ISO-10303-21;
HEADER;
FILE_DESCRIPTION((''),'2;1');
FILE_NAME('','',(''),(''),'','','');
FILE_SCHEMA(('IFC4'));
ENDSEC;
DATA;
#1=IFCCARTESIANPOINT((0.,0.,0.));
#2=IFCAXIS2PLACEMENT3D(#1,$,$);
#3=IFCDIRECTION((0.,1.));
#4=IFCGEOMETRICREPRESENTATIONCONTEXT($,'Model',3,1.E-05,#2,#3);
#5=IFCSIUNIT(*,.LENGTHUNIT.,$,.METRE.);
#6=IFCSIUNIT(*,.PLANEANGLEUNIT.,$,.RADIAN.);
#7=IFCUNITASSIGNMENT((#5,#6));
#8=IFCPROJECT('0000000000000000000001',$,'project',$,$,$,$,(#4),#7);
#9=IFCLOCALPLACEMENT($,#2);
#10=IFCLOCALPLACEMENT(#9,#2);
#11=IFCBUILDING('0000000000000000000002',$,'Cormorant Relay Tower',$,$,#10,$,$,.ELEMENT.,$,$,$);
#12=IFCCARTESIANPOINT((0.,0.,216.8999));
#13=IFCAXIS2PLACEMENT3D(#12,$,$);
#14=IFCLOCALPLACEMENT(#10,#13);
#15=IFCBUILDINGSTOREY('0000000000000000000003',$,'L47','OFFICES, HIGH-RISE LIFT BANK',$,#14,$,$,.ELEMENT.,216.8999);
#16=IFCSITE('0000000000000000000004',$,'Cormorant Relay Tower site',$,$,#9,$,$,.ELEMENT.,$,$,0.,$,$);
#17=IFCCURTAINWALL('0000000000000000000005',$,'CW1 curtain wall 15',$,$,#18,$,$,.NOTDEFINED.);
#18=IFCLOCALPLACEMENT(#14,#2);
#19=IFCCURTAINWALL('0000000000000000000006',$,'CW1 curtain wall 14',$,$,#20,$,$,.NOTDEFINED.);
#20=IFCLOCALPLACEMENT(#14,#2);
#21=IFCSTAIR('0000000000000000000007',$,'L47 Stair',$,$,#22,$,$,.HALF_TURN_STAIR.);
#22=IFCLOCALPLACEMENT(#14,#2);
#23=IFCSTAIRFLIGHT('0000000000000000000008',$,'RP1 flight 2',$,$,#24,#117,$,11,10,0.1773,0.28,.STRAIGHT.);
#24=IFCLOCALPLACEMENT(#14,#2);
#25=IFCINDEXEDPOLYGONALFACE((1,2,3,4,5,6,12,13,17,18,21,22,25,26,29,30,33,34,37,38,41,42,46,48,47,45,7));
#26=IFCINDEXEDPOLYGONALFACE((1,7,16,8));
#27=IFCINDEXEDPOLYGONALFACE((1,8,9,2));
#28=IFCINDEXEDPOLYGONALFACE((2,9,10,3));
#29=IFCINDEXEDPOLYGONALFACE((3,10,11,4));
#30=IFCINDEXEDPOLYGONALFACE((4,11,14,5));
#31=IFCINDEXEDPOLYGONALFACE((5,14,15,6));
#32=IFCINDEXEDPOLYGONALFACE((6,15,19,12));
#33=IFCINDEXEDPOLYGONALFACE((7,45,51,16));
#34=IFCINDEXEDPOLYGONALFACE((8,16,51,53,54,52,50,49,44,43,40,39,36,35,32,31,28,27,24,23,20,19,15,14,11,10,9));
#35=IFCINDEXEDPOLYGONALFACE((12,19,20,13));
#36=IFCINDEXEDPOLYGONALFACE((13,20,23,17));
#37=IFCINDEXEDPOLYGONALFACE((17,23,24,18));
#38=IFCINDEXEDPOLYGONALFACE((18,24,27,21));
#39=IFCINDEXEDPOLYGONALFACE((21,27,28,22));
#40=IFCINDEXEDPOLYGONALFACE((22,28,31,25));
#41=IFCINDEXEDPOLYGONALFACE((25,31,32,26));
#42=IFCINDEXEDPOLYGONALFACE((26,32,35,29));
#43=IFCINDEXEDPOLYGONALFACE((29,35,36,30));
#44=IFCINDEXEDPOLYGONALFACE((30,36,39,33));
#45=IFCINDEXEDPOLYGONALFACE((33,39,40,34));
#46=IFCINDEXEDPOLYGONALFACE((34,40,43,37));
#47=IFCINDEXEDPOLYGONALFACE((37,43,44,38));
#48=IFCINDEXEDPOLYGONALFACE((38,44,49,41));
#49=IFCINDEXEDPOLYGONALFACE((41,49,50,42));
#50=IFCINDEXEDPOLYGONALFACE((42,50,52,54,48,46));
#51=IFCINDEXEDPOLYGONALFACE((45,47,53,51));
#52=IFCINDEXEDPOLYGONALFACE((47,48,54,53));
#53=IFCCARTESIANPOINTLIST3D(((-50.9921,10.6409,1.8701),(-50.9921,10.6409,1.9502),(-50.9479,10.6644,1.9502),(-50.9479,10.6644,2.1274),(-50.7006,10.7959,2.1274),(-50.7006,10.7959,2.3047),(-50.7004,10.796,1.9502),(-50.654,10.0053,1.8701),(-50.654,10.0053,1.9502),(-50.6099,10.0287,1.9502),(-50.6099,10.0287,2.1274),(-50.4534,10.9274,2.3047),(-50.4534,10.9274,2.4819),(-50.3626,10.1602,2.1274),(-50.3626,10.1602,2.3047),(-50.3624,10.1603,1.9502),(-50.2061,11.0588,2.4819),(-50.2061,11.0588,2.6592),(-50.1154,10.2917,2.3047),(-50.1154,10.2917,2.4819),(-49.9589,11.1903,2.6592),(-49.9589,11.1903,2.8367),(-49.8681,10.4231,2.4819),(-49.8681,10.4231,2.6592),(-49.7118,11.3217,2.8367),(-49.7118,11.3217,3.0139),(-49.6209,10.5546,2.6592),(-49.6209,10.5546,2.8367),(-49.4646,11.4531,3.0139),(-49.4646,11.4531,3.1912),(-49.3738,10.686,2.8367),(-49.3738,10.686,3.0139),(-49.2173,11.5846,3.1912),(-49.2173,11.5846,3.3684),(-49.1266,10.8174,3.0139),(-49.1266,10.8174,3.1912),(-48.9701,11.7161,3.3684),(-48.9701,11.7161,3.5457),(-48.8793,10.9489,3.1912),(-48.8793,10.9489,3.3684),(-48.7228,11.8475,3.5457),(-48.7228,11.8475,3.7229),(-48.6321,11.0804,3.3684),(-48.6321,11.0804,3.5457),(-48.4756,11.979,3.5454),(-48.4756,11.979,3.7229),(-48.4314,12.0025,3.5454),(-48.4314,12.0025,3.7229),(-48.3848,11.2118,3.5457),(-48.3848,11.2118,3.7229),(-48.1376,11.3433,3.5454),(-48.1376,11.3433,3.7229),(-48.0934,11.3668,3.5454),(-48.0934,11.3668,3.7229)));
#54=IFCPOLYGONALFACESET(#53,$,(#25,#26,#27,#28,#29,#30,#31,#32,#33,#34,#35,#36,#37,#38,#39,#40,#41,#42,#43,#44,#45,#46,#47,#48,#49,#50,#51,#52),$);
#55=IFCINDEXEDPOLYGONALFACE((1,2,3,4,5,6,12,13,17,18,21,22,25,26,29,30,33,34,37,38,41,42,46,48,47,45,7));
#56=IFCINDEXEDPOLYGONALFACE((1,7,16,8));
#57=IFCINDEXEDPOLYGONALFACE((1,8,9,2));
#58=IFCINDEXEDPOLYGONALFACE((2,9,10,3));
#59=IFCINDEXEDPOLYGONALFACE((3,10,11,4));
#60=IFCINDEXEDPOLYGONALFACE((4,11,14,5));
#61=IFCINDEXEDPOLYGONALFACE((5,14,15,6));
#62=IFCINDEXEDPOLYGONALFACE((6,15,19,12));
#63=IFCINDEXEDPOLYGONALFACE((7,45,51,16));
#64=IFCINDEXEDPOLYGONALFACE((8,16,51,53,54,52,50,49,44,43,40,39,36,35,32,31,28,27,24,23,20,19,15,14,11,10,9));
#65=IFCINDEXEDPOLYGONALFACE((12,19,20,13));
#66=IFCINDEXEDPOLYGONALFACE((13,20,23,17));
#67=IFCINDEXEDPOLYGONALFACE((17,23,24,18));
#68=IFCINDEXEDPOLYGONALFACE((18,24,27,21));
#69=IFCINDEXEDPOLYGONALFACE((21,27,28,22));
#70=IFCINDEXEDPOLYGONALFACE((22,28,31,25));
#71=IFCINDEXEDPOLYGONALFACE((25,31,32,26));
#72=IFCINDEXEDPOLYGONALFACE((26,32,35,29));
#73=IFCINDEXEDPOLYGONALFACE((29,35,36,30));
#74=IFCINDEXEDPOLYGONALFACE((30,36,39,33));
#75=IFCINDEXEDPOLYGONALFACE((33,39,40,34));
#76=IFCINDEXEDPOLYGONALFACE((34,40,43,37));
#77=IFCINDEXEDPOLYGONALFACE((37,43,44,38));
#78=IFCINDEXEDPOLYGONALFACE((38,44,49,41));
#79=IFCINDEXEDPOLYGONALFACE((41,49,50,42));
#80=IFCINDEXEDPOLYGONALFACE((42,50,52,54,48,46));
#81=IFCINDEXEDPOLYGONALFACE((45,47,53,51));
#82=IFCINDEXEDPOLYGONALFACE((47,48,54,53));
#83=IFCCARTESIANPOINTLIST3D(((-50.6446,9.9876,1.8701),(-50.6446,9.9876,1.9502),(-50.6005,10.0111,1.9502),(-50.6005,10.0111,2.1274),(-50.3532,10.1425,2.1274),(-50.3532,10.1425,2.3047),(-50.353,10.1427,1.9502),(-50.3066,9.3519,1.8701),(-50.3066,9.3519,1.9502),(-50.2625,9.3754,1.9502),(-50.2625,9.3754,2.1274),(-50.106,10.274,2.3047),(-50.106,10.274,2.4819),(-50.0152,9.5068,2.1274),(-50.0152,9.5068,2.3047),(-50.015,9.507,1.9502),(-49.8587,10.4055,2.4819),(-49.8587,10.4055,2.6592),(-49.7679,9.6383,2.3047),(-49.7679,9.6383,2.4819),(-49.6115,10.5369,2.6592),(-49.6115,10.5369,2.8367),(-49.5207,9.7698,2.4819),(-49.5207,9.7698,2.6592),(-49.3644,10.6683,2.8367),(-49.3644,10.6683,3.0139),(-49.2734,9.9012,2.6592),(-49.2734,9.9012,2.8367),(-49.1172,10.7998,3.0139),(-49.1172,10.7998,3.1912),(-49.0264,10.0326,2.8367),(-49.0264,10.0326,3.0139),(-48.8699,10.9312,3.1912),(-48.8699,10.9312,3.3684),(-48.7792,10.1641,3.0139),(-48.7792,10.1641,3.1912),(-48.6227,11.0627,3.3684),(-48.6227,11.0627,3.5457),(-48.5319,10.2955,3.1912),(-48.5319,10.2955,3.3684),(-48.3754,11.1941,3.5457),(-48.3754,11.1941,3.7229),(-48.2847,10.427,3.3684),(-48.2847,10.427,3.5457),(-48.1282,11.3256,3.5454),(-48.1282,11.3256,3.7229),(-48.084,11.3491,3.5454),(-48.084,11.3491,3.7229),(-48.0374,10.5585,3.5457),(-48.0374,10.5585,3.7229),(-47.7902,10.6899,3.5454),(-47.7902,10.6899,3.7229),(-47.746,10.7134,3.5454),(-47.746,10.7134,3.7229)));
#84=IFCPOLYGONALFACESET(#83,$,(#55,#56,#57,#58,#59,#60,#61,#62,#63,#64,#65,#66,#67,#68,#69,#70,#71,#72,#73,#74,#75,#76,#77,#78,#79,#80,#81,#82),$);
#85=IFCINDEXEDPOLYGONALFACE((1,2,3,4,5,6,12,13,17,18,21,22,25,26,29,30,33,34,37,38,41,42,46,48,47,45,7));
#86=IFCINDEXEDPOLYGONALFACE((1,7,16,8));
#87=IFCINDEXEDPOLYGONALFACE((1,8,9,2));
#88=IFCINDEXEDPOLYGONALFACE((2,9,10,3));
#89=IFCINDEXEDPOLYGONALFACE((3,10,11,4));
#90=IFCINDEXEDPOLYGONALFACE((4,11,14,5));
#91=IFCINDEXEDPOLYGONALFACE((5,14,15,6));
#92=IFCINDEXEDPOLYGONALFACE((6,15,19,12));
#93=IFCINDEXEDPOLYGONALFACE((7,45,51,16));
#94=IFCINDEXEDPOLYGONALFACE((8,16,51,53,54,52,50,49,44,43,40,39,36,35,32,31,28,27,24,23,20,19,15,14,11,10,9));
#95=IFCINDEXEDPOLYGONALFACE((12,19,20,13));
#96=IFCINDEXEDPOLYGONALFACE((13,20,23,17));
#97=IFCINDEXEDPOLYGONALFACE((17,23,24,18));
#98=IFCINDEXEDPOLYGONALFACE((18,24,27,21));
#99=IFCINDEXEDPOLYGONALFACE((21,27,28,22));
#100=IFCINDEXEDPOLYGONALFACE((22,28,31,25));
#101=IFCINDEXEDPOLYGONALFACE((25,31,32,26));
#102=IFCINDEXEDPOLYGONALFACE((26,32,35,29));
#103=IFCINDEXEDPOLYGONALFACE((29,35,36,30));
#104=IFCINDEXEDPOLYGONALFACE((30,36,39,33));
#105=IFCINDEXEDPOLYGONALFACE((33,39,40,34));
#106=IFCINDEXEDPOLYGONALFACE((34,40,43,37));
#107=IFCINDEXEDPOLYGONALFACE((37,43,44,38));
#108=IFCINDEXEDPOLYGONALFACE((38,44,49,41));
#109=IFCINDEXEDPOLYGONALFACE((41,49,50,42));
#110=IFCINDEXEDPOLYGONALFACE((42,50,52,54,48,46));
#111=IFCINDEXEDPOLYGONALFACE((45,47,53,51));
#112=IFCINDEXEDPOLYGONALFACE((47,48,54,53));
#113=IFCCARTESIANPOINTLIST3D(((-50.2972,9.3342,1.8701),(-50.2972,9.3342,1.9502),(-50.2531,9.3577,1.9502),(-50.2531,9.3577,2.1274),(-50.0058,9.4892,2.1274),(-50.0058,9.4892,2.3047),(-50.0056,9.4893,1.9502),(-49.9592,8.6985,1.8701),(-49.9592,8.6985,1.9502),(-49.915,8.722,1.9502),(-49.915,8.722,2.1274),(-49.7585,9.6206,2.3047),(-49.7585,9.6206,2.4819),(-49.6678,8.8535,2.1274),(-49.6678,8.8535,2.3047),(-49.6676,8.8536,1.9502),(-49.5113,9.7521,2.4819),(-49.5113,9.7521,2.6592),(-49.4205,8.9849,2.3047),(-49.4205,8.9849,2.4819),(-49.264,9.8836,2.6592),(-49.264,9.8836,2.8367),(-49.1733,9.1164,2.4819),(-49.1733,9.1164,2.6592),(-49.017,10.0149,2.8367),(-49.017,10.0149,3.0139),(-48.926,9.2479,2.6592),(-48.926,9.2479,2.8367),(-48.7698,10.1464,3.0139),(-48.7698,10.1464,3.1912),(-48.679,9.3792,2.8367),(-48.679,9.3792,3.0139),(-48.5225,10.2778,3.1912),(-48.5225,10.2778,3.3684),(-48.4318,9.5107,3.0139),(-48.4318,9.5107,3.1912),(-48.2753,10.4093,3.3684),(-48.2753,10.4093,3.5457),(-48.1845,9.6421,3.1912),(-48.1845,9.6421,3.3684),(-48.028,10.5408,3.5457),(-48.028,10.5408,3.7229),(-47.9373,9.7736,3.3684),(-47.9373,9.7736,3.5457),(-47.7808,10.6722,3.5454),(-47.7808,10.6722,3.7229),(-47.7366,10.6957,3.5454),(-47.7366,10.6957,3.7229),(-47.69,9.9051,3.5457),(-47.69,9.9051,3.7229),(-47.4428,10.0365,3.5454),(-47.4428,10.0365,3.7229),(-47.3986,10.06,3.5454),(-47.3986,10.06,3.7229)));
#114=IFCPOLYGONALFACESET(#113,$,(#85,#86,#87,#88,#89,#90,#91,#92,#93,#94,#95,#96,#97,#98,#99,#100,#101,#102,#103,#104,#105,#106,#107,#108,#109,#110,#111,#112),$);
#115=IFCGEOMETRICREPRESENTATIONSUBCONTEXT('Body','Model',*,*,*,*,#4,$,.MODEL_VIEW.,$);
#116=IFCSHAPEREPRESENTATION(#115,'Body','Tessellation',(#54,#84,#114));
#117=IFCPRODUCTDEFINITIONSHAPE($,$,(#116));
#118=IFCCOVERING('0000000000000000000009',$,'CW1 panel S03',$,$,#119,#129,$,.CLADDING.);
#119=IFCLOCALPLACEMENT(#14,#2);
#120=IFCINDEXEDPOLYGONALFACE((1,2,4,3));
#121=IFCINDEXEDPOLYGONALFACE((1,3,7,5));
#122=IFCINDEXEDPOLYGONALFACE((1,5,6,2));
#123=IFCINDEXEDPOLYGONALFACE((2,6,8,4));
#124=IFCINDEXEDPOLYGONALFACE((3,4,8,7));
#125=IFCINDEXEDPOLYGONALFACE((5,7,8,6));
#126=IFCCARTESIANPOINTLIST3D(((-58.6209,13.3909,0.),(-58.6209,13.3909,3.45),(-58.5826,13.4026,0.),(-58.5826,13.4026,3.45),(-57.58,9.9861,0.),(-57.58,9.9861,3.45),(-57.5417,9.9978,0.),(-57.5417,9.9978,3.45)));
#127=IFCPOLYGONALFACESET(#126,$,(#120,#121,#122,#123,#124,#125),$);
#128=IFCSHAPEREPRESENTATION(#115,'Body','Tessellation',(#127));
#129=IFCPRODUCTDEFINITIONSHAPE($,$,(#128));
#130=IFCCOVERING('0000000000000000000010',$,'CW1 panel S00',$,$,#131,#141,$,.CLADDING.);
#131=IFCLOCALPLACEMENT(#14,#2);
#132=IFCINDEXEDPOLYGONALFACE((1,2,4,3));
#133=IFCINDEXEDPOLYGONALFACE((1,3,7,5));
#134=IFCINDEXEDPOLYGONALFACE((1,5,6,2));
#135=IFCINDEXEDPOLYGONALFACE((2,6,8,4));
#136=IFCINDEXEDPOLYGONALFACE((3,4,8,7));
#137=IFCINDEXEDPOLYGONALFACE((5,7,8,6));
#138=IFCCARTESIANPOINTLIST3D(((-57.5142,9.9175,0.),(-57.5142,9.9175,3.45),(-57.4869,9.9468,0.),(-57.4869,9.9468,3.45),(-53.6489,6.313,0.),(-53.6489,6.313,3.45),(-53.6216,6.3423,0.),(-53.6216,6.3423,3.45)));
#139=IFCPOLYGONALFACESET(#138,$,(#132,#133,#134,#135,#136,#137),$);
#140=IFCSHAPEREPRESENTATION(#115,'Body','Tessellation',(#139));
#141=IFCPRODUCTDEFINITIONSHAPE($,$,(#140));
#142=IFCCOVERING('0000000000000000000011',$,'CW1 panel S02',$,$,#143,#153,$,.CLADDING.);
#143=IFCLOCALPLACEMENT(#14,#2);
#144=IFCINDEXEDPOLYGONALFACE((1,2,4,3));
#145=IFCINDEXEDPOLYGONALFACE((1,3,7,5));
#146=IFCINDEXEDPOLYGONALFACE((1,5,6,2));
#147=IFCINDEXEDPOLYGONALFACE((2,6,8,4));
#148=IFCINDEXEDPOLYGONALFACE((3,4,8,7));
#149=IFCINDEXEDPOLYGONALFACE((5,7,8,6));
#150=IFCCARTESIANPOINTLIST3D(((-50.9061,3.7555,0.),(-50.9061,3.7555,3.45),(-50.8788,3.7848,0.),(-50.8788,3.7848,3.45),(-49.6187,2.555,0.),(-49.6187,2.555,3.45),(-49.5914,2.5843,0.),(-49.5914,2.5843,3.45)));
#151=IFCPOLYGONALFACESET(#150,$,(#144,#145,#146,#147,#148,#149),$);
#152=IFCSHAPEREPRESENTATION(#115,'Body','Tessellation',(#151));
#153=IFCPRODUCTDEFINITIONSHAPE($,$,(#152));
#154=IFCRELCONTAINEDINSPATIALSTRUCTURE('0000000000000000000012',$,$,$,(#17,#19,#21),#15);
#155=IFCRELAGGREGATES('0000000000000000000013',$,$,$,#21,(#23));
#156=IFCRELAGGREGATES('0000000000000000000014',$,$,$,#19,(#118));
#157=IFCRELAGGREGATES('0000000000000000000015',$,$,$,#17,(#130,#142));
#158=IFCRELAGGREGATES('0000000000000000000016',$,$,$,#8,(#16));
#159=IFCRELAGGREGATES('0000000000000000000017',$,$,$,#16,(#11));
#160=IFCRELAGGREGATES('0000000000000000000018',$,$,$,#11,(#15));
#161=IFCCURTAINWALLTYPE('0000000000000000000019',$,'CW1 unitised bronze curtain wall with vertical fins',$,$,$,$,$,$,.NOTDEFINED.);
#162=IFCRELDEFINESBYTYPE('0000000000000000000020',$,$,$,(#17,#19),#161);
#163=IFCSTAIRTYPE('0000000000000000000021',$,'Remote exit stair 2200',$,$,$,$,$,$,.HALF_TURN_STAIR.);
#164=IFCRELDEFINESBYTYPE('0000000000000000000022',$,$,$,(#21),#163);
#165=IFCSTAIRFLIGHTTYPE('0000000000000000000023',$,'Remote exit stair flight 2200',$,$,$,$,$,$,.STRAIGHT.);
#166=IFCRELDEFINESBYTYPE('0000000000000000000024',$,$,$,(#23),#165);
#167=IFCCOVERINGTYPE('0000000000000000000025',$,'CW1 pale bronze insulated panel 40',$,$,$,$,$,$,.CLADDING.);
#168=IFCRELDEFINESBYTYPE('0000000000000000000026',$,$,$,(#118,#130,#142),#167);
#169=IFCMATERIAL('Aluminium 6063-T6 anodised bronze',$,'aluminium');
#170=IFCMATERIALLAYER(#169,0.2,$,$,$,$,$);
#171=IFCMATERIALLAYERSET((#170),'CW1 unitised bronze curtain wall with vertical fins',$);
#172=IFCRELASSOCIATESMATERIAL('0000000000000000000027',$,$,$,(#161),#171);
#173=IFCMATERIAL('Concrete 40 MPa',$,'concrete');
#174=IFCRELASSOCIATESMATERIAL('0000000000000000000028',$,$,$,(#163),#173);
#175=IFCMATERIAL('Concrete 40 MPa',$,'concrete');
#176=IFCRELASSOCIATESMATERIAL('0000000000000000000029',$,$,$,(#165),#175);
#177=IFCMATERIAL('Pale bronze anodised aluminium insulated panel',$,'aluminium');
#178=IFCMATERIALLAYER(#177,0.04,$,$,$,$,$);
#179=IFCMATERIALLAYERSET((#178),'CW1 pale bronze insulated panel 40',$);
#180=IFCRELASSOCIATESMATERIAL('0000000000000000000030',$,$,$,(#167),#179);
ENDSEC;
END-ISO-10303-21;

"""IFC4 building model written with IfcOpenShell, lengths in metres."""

from ifc_helpers import new_model, si_unit, direction, frame, origin, origin_2d, place, context, subcontext, project, spatial, polyline, rectangle, outline, extrude, material, layer, layer_set, type_object, element, aggregate, save


model = new_model("IFC4")

# Units and contexts
model_context = context("Model", 3, precision=1e-05, world=origin(), true_north=direction((0.0, 1.0)))
body_context = subcontext(model_context, "Body", "Model", "MODEL_VIEW")
ifc_project = project(units=[si_unit("LENGTHUNIT", "METRE"), si_unit("PLANEANGLEUNIT", "RADIAN")], contexts=[model_context])

# Site, building, storey
site_placement = place(None, origin())
site = spatial("IfcSite", under=ifc_project, at=site_placement, Name="Cormorant Relay Tower site", CompositionType="ELEMENT", RefElevation=0.0)
building_placement = place(site_placement, origin())
building = spatial("IfcBuilding", under=site, at=building_placement, Name="Cormorant Relay Tower", CompositionType="ELEMENT")
storey_placement = place(building_placement, frame((0.0, 0.0, 216.8999)))
storey = spatial("IfcBuildingStorey", under=building, at=storey_placement, Name="L47", Description="OFFICES, HIGH-RISE LIFT BANK", CompositionType="ELEMENT", Elevation=216.8999)

# Curtain wall
ifc_material_1 = material(Name="Aluminium 6063-T6 anodised bronze", Category="aluminium")
ifc_layer_1 = layer(ifc_material_1, 0.2)
ifc_layer_set_1 = layer_set([ifc_layer_1], Name="CW1 unitised bronze curtain wall with vertical fins")
curtain_wall_type = type_object("IfcCurtainWallType", Name="CW1 unitised bronze curtain wall with vertical fins", PredefinedType="NOTDEFINED", material=ifc_layer_set_1)
curtain_wall_1_placement = place(storey_placement, origin())
curtain_wall_1 = element("IfcCurtainWall", 1, at=curtain_wall_1_placement, inside=storey, type_object=curtain_wall_type, Name="CW1 curtain wall 15", PredefinedType="NOTDEFINED")

# Curtain wall
curtain_wall_2_placement = place(storey_placement, origin())
curtain_wall_2 = element("IfcCurtainWall", 2, at=curtain_wall_2_placement, inside=storey, type_object=curtain_wall_type, Name="CW1 curtain wall 14", PredefinedType="NOTDEFINED")

# Stair, stair flight
ifc_material_2 = material(Name="Concrete 40 MPa", Category="concrete")
stair_type = type_object("IfcStairType", Name="Remote exit stair 2200", PredefinedType="HALF_TURN_STAIR", material=ifc_material_2)
stair_placement = place(storey_placement, origin())
stair = element("IfcStair", 3, at=stair_placement, inside=storey, type_object=stair_type, Name="L47 Stair", PredefinedType="HALF_TURN_STAIR")
ifc_material_3 = material(Name="Concrete 40 MPa", Category="concrete")
stair_flight_type = type_object("IfcStairFlightType", Name="Remote exit stair flight 2200", PredefinedType="STRAIGHT", material=ifc_material_3)
stair_flight_1_placement = place(storey_placement, frame((-50.4314, 9.6931, 1.9502), z_axis=(0.0, 0.0, 1.0), x_axis=(0.882948, 0.469472, 0.0)))
stair_flight_1 = element("IfcStairFlight", 4, at=stair_flight_1_placement, type_object=stair_flight_type, Name="RP1 flight 2", NumberOfRisers=11, NumberOfTreads=10, PredefinedType="STRAIGHT", RiserHeight=0.1773, TreadLength=0.28, context=body_context, shape_type="SweptSolid", body=[
    extrude(outline(polyline([(-0.05, -0.0801), (-0.05, 0.0), (0.0, 0.0), (0.0, 0.1772), (0.28, 0.1772), (0.28, 0.3545), (0.5601, 0.3545), (0.5601, 0.5317), (0.8401, 0.5317), (0.8401, 0.709), (1.1201, 0.709), (1.1201, 0.8865), (1.3999, 0.8865), (1.3999, 1.0637), (1.6799, 1.0637), (1.6799, 1.241), (1.96, 1.241), (1.96, 1.4182), (2.24, 1.4182), (2.24, 1.5955), (2.52, 1.5955), (2.52, 1.7727), (2.8, 1.7727), (2.8501, 1.7727), (2.8501, 1.5952), (2.8, 1.5952), (0.2803, 0.0), (-0.05, -0.0801)])), frame((0.0, 1.1001, 0.0), z_axis=(0.0, -1.0, 0.0), x_axis=(1.0, 0.0, 0.0)), (0.0, 0.0, 1.0), 0.72),
    extrude(outline(polyline([(-0.05, -0.0801), (-0.05, 0.0), (0.0, 0.0), (0.0, 0.1772), (0.28, 0.1772), (0.28, 0.3545), (0.5601, 0.3545), (0.5601, 0.5317), (0.8401, 0.5317), (0.8401, 0.709), (1.1201, 0.709), (1.1201, 0.8865), (1.3999, 0.8865), (1.3999, 1.0637), (1.6799, 1.0637), (1.6799, 1.241), (1.96, 1.241), (1.96, 1.4182), (2.24, 1.4182), (2.24, 1.5955), (2.52, 1.5955), (2.52, 1.7727), (2.8, 1.7727), (2.8501, 1.7727), (2.8501, 1.5952), (2.8, 1.5952), (0.2803, 0.0), (-0.05, -0.0801)])), frame((0.0, 0.3601, 0.0), z_axis=(0.0, -1.0, 0.0), x_axis=(1.0, 0.0, 0.0)), (0.0, 0.0, 1.0), 0.72),
    extrude(outline(polyline([(-0.05, -0.0801), (-0.05, 0.0), (0.0, 0.0), (0.0, 0.1772), (0.28, 0.1772), (0.28, 0.3545), (0.5601, 0.3545), (0.5601, 0.5317), (0.8401, 0.5317), (0.8401, 0.709), (1.1201, 0.709), (1.1201, 0.8865), (1.3999, 0.8865), (1.3999, 1.0637), (1.6799, 1.0637), (1.6799, 1.241), (1.96, 1.241), (1.96, 1.4182), (2.24, 1.4182), (2.24, 1.5955), (2.52, 1.5955), (2.52, 1.7727), (2.8, 1.7727), (2.8501, 1.7727), (2.8501, 1.5952), (2.8, 1.5952), (0.2803, 0.0), (-0.05, -0.0801)])), frame((0.0, -0.3799, 0.0), z_axis=(0.0, -1.0, 0.0), x_axis=(1.0, 0.0, 0.0)), (0.0, 0.0, 1.0), 0.72),
])
aggregate(stair, [stair_flight_1])

# Coverings
ifc_material_4 = material(Name="Pale bronze anodised aluminium insulated panel", Category="aluminium")
ifc_layer_2 = layer(ifc_material_4, 0.04)
ifc_layer_set_2 = layer_set([ifc_layer_2], Name="CW1 pale bronze insulated panel 40")
covering_type = type_object("IfcCoveringType", Name="CW1 pale bronze insulated panel 40", PredefinedType="CLADDING", material=ifc_layer_set_2)
covering_1_placement = place(storey_placement, frame((-58.0813, 11.6943, 0.0), z_axis=(0.0, 0.0, 1.0), x_axis=(0.292372, -0.956305, 0.0)))
covering_1 = element("IfcCovering", 5, at=covering_1_placement, type_object=covering_type, Name="CW1 panel S03", PredefinedType="CLADDING", context=body_context, shape_type="SweptSolid", body=[
    extrude(rectangle(XDim=3.5603, YDim=0.04, at=origin_2d()), origin(), (0.0, 0.0, 1.0), 3.45),
])
aggregate(curtain_wall_2, [covering_1])
covering_2_placement = place(storey_placement, frame((-55.5679, 8.1299, 0.0), z_axis=(0.0, 0.0, 1.0), x_axis=(0.731354, -0.681998, 0.0)))
covering_2 = element("IfcCovering", 6, at=covering_2_placement, type_object=covering_type, Name="CW1 panel S00", PredefinedType="CLADDING", context=body_context, shape_type="SweptSolid", body=[
    extrude(rectangle(XDim=5.2852, YDim=0.04, at=origin_2d()), origin(), (0.0, 0.0, 1.0), 3.45),
])
covering_3_placement = place(storey_placement, frame((-50.2488, 3.1699, 0.0), z_axis=(0.0, 0.0, 1.0), x_axis=(0.731354, -0.681998, 0.0)))
covering_3 = element("IfcCovering", 7, at=covering_3_placement, type_object=covering_type, Name="CW1 panel S02", PredefinedType="CLADDING", context=body_context, shape_type="SweptSolid", body=[
    extrude(rectangle(XDim=1.7603, YDim=0.04, at=origin_2d()), origin(), (0.0, 0.0, 1.0), 3.45),
])
aggregate(curtain_wall_1, [covering_2, covering_3])

save(model, "model.ifc")
